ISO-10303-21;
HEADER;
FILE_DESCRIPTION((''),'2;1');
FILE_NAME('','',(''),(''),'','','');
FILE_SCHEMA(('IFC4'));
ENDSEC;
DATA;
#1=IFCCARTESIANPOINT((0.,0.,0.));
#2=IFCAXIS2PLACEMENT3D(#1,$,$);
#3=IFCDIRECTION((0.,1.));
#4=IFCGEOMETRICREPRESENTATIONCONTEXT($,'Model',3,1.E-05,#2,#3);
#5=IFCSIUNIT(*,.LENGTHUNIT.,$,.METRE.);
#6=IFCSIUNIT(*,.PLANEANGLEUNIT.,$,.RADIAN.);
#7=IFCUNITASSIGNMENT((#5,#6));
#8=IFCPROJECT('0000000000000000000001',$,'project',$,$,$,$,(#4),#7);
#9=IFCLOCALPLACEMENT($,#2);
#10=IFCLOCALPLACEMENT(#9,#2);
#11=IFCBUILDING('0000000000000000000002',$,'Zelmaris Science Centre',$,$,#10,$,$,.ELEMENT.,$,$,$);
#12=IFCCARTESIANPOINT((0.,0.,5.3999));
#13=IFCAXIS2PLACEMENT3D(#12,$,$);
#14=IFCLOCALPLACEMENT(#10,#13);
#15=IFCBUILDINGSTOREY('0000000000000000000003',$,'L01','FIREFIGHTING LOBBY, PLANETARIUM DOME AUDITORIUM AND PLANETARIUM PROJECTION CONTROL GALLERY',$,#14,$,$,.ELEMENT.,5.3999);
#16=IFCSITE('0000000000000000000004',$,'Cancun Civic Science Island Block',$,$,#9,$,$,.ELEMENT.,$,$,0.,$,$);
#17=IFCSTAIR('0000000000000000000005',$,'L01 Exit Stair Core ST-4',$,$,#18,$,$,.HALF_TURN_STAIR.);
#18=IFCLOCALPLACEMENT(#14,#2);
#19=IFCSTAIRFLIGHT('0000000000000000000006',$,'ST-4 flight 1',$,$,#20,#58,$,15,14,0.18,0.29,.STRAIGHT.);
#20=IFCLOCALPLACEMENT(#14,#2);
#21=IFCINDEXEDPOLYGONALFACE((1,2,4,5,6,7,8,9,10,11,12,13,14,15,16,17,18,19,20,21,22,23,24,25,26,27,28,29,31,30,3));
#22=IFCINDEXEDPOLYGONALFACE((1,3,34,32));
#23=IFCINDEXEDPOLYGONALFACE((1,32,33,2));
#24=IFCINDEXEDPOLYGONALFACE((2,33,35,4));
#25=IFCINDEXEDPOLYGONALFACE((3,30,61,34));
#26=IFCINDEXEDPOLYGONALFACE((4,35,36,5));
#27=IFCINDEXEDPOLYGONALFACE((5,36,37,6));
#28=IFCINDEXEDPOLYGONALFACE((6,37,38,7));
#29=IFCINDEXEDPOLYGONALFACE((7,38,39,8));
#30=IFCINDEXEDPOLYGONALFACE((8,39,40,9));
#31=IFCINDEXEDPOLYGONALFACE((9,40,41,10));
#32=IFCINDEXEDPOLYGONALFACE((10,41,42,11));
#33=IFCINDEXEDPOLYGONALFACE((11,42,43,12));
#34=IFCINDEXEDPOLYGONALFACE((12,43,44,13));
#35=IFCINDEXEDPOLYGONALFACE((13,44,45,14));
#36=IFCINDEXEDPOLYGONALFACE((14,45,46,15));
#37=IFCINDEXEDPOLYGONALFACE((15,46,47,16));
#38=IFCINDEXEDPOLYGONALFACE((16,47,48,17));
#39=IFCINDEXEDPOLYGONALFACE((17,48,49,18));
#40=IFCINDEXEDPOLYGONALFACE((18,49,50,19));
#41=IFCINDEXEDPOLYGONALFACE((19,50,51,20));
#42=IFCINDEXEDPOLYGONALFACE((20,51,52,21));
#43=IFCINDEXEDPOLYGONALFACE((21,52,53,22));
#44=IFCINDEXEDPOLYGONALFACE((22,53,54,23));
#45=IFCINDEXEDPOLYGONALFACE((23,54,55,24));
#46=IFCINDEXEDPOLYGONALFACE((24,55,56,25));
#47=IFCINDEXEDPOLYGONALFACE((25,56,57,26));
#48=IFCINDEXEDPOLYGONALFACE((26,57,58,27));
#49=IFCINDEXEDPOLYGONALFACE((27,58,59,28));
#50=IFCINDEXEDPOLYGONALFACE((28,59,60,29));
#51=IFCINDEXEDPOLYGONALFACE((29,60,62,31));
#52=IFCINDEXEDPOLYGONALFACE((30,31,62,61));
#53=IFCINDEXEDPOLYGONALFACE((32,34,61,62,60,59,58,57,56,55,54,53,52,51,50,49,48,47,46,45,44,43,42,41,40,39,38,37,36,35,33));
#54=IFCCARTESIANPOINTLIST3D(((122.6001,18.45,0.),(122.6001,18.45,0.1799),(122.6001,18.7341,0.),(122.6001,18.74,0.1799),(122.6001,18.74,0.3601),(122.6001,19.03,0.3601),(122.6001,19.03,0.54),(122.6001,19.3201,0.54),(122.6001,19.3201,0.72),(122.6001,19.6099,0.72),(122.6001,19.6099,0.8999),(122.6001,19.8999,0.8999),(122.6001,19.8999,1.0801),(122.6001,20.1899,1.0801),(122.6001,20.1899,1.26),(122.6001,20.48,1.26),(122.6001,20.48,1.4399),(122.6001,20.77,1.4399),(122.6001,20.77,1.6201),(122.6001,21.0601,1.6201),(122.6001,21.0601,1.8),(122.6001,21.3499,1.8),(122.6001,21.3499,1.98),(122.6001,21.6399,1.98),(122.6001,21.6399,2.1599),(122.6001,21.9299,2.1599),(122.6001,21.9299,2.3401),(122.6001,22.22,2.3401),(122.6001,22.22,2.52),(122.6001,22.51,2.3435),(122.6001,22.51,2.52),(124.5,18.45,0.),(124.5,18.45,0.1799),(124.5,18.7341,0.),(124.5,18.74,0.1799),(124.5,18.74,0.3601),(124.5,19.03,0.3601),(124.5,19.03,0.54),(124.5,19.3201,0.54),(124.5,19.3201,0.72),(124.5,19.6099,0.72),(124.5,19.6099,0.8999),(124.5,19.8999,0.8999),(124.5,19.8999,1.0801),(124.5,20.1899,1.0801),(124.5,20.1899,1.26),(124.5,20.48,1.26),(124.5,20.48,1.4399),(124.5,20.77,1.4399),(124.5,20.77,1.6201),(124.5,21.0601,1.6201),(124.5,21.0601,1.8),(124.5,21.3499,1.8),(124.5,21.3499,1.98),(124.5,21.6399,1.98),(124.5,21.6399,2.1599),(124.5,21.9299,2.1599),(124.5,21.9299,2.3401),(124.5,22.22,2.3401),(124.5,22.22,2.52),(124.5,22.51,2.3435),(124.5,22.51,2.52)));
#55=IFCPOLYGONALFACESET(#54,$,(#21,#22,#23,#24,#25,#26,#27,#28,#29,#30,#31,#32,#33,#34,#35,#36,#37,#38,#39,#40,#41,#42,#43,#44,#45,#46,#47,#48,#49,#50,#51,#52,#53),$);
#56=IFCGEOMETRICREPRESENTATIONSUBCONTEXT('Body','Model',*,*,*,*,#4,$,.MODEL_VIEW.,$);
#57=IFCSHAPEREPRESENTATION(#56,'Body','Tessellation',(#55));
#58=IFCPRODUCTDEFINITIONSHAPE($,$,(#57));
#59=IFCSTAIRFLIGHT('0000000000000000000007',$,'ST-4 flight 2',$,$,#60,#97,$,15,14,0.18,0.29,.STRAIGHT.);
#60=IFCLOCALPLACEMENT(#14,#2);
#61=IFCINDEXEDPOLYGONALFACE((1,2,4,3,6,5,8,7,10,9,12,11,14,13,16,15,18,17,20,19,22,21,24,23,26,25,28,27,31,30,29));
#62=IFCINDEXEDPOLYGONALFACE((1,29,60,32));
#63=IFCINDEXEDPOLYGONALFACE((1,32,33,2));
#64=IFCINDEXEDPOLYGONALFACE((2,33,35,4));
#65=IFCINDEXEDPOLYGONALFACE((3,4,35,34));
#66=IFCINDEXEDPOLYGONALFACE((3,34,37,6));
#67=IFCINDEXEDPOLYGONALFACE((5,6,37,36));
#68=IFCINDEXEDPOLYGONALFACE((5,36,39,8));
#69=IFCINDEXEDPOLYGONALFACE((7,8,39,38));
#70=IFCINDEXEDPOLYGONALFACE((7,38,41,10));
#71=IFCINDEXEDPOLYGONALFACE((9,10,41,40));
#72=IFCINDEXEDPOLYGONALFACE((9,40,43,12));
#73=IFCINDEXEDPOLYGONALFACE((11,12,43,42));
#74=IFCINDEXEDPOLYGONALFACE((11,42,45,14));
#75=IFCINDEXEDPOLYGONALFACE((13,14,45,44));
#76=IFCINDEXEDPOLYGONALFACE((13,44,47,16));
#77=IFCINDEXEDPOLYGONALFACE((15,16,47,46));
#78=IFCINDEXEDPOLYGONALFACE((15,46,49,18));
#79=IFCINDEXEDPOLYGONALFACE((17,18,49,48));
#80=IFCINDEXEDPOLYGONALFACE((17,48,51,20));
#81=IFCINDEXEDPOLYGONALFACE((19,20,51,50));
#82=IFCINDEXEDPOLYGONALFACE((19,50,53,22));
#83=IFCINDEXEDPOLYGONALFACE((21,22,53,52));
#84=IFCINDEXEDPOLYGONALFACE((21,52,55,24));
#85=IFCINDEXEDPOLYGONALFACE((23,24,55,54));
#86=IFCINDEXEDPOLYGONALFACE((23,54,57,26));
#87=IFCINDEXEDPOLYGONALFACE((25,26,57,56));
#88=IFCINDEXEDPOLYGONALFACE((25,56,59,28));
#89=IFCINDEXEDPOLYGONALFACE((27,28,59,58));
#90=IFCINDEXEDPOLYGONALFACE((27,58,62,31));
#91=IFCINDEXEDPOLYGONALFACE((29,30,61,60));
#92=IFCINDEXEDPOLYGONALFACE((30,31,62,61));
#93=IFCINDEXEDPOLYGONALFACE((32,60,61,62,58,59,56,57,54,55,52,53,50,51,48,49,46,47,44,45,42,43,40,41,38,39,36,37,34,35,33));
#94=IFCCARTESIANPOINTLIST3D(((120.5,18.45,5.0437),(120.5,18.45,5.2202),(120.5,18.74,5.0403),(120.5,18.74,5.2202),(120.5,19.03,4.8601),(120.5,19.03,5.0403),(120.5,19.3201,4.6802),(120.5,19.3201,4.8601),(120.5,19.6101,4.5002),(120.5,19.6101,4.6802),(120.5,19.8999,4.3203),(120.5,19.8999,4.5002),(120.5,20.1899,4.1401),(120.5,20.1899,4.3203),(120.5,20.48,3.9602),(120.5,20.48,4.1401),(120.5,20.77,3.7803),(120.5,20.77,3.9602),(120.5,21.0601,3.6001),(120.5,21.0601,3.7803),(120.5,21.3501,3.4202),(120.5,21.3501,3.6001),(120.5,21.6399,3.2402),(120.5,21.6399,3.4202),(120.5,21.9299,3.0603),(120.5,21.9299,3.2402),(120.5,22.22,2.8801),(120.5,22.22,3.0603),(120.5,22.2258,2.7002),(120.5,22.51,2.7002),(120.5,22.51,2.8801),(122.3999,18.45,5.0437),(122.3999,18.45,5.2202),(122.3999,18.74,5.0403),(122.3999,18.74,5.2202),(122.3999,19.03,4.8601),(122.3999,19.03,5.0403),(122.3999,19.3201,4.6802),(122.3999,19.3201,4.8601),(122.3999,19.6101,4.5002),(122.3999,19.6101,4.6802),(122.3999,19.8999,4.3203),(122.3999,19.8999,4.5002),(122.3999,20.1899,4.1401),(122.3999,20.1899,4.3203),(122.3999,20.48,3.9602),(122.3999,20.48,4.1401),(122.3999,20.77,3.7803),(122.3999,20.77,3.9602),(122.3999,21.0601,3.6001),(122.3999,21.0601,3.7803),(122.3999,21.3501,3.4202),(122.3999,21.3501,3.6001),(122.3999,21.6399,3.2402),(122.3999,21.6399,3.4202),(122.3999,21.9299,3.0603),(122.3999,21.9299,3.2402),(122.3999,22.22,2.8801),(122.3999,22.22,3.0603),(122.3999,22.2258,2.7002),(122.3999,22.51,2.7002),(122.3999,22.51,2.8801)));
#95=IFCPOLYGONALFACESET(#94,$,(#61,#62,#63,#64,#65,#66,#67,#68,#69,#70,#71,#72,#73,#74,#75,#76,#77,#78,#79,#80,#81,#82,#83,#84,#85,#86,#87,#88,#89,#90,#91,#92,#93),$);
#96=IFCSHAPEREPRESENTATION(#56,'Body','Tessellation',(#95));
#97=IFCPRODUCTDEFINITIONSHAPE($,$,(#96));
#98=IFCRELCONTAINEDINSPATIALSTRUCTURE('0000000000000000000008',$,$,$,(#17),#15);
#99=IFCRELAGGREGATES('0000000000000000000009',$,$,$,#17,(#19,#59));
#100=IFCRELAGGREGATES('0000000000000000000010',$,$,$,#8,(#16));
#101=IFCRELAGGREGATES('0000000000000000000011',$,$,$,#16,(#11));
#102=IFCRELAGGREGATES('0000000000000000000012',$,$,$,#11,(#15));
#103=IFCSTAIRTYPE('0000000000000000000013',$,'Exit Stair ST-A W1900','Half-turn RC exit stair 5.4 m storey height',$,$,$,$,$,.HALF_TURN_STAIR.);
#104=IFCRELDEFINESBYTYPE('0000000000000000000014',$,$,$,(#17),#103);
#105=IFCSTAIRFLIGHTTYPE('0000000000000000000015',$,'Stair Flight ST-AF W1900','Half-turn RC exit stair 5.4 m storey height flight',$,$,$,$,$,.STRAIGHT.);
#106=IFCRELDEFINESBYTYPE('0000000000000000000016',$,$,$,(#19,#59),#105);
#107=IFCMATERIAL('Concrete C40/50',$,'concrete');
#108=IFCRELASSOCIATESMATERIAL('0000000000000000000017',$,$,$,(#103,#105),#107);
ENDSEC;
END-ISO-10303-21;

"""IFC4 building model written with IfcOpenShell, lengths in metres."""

from ifc_helpers import new_model, si_unit, direction, frame, origin, place, context, subcontext, project, spatial, polyline, outline, extrude, material, type_object, element, aggregate, save


model = new_model("IFC4")

# Units and contexts
model_context = context("Model", 3, precision=1e-05, world=origin(), true_north=direction((0.0, 1.0)))
body_context = subcontext(model_context, "Body", "Model", "MODEL_VIEW")
ifc_project = project(units=[si_unit("LENGTHUNIT", "METRE"), si_unit("PLANEANGLEUNIT", "RADIAN")], contexts=[model_context])

# Site, building, storey
site_placement = place(None, origin())
site = spatial("IfcSite", under=ifc_project, at=site_placement, Name="Cancun Civic Science Island Block", CompositionType="ELEMENT", RefElevation=0.0)
building_placement = place(site_placement, origin())
building = spatial("IfcBuilding", under=site, at=building_placement, Name="Zelmaris Science Centre", CompositionType="ELEMENT")
storey_placement = place(building_placement, frame((0.0, 0.0, 5.3999)))
storey = spatial("IfcBuildingStorey", under=building, at=storey_placement, Name="L01", Description="FIREFIGHTING LOBBY, PLANETARIUM DOME AUDITORIUM AND PLANETARIUM PROJECTION CONTROL GALLERY", CompositionType="ELEMENT", Elevation=5.3999)

# Shared definitions
ifc_material_1 = material(Name="Concrete C40/50", Category="concrete")

# Stair, stair flights
stair_type = type_object("IfcStairType", Name="Exit Stair ST-A W1900", Description="Half-turn RC exit stair 5.4 m storey height", PredefinedType="HALF_TURN_STAIR", material=ifc_material_1)
stair_placement = place(storey_placement, origin())
stair = element("IfcStair", 1, at=stair_placement, inside=storey, type_object=stair_type, Name="L01 Exit Stair Core ST-4", PredefinedType="HALF_TURN_STAIR")
stair_flight_type = type_object("IfcStairFlightType", Name="Stair Flight ST-AF W1900", Description="Half-turn RC exit stair 5.4 m storey height flight", PredefinedType="STRAIGHT", material=ifc_material_1)
stair_flight_1_placement = place(storey_placement, frame((123.55, 18.45, 0.0), z_axis=(0.0, 0.0, 1.0), x_axis=(0.0, 1.0, 0.0)))
stair_flight_1 = element("IfcStairFlight", 2, at=stair_flight_1_placement, type_object=stair_flight_type, Name="ST-4 flight 1", NumberOfRisers=15, NumberOfTreads=14, PredefinedType="STRAIGHT", RiserHeight=0.18, TreadLength=0.29, context=body_context, shape_type="SweptSolid", body=[
    extrude(outline(polyline([(0.0, 0.0), (0.0, 0.1799), (0.29, 0.1799), (0.29, 0.3601), (0.5801, 0.3601), (0.5801, 0.54), (0.8701, 0.54), (0.8701, 0.72), (1.1599, 0.72), (1.1599, 0.8999), (1.45, 0.8999), (1.45, 1.0801), (1.74, 1.0801), (1.74, 1.26), (2.03, 1.26), (2.03, 1.4399), (2.3201, 1.4399), (2.3201, 1.6201), (2.6101, 1.6201), (2.6101, 1.8), (2.8999, 1.8), (2.8999, 1.98), (3.1899, 1.98), (3.1899, 2.1599), (3.48, 2.1599), (3.48, 2.3401), (3.77, 2.3401), (3.77, 2.52), (4.0601, 2.52), (4.0601, 2.7), (4.0601, 2.3435), (0.2842, 0.0), (0.0, 0.0)])), frame((0.0, 0.95, 0.0), z_axis=(0.0, -1.0, 0.0), x_axis=(1.0, 0.0, 0.0)), (0.0, 0.0, 1.0), 1.8999),
])
stair_flight_2_placement = place(storey_placement, frame((121.45, 22.51, 2.7002), z_axis=(0.0, 0.0, 1.0), x_axis=(0.0, -1.0, 0.0)))
stair_flight_2 = element("IfcStairFlight", 3, at=stair_flight_2_placement, type_object=stair_flight_type, Name="ST-4 flight 2", NumberOfRisers=15, NumberOfTreads=14, PredefinedType="STRAIGHT", RiserHeight=0.18, TreadLength=0.29, context=body_context, shape_type="SweptSolid", body=[
    extrude(outline(polyline([(0.0, 0.0), (0.0, 0.1799), (0.29, 0.1799), (0.29, 0.3601), (0.5801, 0.3601), (0.5801, 0.54), (0.8701, 0.54), (0.8701, 0.72), (1.1599, 0.72), (1.1599, 0.8999), (1.45, 0.8999), (1.45, 1.0801), (1.74, 1.0801), (1.74, 1.26), (2.03, 1.26), (2.03, 1.4399), (2.3201, 1.4399), (2.3201, 1.6201), (2.6101, 1.6201), (2.6101, 1.8), (2.8999, 1.8), (2.8999, 1.98), (3.1899, 1.98), (3.1899, 2.1599), (3.48, 2.1599), (3.48, 2.3401), (3.77, 2.3401), (3.77, 2.52), (4.0601, 2.52), (4.0601, 2.7), (4.0601, 2.3435), (0.2842, 0.0), (0.0, 0.0)])), frame((0.0, 0.95, 0.0), z_axis=(0.0, -1.0, 0.0), x_axis=(1.0, 0.0, 0.0)), (0.0, 0.0, 1.0), 1.8999),
])
aggregate(stair, [stair_flight_1, stair_flight_2])

save(model, "model.ifc")
